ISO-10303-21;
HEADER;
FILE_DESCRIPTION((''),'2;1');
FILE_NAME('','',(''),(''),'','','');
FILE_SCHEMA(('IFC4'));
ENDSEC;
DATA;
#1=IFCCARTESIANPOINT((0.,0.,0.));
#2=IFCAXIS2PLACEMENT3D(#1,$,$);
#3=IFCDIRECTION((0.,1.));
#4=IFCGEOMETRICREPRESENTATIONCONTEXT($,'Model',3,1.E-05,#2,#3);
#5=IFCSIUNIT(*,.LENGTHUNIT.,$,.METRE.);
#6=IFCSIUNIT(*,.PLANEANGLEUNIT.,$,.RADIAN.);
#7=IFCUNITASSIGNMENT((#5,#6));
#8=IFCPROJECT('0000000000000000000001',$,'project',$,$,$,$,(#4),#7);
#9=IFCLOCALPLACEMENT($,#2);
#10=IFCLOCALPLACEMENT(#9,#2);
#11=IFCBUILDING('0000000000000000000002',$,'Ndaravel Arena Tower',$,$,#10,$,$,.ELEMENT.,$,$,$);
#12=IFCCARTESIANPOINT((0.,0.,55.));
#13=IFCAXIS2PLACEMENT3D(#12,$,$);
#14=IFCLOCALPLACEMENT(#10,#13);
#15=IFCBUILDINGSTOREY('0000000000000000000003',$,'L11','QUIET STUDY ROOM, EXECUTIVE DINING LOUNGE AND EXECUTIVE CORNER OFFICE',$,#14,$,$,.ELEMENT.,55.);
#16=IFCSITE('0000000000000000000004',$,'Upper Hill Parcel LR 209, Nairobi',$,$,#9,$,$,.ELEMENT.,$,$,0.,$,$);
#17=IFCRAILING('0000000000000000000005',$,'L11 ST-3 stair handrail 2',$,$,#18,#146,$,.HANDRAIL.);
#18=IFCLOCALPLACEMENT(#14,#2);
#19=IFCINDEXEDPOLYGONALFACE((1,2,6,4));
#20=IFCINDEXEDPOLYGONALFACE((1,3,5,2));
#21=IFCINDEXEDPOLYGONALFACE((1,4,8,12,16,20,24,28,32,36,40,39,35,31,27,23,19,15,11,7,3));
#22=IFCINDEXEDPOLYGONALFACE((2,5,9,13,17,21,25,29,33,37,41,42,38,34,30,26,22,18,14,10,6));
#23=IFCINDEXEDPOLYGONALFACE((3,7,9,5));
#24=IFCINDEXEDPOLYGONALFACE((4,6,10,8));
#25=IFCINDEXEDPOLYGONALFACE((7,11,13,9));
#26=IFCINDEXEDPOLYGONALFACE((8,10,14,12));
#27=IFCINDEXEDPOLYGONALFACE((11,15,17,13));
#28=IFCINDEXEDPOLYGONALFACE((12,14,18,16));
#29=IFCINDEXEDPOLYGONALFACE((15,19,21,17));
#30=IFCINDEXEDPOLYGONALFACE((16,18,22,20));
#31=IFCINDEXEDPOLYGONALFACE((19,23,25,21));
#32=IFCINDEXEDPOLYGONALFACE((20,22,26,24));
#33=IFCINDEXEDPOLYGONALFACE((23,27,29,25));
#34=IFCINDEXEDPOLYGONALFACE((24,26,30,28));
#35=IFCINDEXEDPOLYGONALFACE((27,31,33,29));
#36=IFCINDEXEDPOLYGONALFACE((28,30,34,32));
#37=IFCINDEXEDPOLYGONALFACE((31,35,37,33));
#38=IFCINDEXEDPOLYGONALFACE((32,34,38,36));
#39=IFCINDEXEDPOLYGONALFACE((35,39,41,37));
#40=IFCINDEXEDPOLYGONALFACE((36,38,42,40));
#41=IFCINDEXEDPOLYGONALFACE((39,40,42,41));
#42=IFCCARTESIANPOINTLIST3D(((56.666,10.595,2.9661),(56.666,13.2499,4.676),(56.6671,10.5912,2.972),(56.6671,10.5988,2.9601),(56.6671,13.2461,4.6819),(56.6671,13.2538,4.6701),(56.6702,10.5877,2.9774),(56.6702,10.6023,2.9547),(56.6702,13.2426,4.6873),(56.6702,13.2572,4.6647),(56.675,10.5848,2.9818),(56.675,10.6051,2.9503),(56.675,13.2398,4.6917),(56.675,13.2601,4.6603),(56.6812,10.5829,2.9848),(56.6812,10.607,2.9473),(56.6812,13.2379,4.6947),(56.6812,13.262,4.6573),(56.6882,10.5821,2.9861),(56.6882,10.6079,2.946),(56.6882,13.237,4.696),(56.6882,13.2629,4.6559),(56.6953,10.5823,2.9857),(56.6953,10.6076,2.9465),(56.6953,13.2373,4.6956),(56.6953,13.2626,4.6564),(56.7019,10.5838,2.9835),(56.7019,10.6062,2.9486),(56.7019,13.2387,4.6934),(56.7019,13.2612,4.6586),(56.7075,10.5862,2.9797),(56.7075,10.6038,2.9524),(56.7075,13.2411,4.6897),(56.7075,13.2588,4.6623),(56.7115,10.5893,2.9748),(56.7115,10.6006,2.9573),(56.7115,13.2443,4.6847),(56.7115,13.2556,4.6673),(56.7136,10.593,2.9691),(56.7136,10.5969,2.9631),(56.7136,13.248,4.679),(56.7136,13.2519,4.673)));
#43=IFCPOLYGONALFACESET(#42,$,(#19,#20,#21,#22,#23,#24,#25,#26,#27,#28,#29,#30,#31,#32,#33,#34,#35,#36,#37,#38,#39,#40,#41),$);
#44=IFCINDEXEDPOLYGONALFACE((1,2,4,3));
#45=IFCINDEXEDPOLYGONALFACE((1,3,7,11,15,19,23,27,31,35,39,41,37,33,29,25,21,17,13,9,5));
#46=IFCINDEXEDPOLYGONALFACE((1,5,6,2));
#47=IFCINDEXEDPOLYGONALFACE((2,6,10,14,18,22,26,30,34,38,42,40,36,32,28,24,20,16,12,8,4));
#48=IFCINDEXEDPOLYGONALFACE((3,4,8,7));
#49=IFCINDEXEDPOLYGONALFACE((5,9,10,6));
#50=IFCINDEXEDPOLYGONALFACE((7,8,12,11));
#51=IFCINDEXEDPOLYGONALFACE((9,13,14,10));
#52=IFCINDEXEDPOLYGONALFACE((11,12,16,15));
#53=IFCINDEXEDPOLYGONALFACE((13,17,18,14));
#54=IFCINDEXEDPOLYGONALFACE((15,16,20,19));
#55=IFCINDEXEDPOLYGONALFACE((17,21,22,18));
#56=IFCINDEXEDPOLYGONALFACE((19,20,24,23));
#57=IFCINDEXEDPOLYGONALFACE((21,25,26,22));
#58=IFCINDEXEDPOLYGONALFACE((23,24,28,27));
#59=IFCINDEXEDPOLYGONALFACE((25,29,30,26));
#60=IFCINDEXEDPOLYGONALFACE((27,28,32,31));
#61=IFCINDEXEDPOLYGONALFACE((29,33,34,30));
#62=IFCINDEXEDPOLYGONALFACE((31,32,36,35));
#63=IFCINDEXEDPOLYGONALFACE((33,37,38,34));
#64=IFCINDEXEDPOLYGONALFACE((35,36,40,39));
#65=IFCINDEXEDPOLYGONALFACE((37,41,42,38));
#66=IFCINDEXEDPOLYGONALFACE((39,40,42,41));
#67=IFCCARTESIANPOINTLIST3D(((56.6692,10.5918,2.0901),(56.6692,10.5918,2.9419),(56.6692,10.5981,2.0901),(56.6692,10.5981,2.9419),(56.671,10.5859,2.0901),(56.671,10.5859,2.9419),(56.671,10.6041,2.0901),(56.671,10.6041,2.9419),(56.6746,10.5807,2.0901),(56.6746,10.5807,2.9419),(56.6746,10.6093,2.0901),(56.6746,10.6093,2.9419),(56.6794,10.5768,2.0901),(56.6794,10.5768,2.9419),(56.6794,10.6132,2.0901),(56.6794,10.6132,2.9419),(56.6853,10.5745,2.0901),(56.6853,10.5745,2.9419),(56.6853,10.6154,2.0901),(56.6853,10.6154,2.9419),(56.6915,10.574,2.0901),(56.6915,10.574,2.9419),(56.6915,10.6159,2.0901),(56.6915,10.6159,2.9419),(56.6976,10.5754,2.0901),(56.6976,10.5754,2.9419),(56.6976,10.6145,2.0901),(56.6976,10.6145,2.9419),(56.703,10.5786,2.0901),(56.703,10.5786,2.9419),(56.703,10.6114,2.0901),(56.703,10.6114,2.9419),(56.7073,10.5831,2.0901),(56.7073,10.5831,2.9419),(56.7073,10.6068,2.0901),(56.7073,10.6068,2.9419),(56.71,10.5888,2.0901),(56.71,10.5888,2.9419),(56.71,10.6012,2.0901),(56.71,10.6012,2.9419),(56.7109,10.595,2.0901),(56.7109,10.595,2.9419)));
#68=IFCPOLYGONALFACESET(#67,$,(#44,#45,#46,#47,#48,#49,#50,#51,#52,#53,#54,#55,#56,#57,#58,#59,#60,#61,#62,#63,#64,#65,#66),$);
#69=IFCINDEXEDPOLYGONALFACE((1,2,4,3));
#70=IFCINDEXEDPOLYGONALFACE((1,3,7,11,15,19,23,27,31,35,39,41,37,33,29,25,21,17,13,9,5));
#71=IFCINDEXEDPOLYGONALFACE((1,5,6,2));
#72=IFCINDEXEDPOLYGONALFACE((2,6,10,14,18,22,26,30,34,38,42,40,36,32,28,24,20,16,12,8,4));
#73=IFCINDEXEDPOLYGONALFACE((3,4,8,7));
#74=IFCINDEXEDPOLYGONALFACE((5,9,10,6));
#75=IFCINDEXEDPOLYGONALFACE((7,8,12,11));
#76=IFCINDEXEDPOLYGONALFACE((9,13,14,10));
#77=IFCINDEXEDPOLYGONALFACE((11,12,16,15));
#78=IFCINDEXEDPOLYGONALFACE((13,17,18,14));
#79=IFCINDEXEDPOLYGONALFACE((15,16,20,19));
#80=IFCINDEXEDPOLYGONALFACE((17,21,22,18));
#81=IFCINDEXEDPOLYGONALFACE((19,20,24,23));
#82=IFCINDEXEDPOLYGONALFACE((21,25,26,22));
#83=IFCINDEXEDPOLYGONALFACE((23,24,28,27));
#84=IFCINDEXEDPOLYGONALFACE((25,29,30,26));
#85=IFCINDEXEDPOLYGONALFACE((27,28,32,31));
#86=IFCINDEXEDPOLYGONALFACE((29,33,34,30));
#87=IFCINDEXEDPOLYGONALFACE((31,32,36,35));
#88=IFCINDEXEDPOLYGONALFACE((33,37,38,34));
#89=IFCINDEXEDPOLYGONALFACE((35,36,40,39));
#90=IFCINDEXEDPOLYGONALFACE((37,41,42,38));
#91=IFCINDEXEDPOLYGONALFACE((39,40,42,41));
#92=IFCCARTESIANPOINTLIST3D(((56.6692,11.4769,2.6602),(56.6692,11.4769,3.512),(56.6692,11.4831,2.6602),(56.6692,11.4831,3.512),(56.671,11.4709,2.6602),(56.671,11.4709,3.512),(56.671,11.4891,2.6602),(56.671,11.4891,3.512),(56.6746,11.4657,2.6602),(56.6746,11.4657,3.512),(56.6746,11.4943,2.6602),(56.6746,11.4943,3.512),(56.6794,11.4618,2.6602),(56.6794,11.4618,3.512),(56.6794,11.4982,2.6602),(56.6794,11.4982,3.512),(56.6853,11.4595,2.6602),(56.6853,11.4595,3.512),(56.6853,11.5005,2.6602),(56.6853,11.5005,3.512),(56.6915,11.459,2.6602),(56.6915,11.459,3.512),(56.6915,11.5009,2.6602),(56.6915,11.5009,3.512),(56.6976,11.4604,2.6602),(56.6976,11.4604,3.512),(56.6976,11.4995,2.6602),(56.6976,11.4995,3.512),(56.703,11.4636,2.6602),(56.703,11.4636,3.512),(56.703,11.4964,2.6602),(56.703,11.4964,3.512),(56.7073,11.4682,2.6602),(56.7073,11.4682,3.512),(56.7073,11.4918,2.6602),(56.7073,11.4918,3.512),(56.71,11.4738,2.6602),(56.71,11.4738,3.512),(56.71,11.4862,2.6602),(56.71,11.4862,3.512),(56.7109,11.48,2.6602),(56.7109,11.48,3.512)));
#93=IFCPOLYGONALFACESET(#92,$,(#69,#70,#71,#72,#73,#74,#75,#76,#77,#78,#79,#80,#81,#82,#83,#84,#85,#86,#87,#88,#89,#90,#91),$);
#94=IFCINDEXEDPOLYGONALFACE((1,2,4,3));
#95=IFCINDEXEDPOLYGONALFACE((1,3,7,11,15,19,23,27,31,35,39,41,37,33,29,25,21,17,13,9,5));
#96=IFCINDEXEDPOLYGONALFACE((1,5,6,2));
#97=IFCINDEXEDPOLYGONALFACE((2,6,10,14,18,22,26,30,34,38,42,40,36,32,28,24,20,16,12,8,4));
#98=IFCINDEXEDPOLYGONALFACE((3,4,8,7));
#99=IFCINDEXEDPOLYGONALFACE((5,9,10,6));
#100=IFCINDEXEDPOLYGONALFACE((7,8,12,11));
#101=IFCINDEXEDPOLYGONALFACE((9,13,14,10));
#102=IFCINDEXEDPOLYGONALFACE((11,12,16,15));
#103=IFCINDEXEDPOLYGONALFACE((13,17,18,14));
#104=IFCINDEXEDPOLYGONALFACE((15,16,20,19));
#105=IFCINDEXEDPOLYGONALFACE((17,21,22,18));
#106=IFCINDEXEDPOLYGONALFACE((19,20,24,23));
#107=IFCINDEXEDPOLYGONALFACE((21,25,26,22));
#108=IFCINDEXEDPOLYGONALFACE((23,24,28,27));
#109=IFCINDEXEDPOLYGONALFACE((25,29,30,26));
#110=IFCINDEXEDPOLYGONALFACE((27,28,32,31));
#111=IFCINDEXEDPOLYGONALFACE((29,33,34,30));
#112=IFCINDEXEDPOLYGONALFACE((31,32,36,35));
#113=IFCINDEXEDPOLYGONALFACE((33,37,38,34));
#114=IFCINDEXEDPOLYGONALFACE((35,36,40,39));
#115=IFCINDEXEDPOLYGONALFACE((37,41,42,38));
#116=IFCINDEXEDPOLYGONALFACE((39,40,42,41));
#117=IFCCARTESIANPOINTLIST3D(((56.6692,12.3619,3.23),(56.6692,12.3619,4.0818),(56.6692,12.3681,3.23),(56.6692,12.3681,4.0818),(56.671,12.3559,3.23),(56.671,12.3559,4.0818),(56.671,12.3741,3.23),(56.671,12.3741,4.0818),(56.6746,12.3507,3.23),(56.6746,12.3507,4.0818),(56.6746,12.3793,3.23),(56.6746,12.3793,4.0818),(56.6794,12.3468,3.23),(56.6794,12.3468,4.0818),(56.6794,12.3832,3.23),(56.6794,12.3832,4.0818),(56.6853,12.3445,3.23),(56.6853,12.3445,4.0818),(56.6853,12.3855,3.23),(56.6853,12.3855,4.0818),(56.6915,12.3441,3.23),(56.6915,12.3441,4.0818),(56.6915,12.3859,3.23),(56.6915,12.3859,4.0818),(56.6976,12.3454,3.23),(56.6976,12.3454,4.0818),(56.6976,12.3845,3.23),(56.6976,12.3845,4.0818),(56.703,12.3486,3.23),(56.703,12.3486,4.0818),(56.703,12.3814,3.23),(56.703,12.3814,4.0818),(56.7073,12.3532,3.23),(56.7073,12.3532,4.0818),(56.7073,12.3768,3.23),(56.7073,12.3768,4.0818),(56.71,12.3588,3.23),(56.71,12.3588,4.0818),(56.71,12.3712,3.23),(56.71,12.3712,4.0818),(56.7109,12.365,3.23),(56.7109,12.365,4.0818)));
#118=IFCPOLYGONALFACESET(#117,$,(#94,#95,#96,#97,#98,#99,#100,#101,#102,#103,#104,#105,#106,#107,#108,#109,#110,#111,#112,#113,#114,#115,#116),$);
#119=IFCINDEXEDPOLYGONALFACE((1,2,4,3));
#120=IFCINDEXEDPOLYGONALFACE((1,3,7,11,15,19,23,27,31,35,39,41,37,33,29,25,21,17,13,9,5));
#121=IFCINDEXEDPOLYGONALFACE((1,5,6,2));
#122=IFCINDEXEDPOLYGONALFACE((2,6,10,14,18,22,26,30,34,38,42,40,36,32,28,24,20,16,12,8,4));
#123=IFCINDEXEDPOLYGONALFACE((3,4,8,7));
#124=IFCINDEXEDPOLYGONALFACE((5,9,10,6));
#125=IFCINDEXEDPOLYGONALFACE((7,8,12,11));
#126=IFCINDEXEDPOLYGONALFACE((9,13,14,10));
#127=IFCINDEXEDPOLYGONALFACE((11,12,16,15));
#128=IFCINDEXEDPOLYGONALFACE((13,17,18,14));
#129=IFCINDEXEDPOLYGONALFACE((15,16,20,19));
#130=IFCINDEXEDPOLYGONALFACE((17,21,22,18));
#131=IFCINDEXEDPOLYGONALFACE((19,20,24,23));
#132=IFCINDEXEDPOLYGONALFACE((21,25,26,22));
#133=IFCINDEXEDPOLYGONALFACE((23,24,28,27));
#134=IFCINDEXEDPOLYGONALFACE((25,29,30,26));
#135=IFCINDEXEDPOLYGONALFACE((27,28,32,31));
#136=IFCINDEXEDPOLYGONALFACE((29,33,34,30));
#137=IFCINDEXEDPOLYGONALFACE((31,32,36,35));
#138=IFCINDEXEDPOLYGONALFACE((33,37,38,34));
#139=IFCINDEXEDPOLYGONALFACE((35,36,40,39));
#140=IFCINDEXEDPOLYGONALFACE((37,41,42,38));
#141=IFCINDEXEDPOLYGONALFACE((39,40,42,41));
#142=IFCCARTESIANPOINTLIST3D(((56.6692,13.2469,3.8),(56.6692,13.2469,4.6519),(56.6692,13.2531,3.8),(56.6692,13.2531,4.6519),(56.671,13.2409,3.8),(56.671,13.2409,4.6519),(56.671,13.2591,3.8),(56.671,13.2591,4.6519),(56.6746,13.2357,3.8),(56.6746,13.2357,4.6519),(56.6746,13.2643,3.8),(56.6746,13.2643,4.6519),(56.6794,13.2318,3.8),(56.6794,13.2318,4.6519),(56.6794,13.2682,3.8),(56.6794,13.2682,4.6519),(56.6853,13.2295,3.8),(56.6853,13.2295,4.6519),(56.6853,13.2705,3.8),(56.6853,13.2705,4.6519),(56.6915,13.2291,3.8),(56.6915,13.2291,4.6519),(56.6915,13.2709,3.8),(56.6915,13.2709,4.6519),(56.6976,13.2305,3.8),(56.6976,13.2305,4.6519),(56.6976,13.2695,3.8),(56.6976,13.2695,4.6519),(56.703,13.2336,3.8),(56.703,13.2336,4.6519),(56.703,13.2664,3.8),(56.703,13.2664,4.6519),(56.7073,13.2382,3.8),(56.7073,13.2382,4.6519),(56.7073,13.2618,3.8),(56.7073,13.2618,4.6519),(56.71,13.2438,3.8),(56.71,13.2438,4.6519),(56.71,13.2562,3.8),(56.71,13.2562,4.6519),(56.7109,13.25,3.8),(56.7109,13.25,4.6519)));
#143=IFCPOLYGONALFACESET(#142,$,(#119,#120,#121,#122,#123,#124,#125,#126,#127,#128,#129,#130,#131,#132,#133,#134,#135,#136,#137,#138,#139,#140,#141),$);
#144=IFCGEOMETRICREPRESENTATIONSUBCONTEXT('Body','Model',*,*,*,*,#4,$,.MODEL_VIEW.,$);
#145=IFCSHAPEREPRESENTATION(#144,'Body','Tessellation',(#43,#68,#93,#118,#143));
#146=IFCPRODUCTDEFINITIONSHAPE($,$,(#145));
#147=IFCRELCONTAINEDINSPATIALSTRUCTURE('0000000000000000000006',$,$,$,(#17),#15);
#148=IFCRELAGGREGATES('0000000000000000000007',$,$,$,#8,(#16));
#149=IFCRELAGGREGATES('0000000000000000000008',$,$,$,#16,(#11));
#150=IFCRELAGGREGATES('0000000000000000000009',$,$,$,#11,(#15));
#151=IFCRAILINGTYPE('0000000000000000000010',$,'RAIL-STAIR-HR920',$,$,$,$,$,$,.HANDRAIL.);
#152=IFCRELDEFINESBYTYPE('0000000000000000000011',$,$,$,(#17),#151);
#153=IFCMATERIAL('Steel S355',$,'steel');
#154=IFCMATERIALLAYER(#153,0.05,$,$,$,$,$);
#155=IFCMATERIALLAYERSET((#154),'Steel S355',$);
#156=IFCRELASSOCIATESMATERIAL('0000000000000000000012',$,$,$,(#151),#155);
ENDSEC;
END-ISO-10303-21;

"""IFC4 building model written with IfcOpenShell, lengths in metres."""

from ifc_helpers import new_model, si_unit, direction, frame, origin, origin_2d, place, context, subcontext, project, spatial, circle, extrude, material, layer, layer_set, type_object, element, save


model = new_model("IFC4")

# Units and contexts
model_context = context("Model", 3, precision=1e-05, world=origin(), true_north=direction((0.0, 1.0)))
body_context = subcontext(model_context, "Body", "Model", "MODEL_VIEW")
ifc_project = project(units=[si_unit("LENGTHUNIT", "METRE"), si_unit("PLANEANGLEUNIT", "RADIAN")], contexts=[model_context])

# Site, building, storey
site_placement = place(None, origin())
site = spatial("IfcSite", under=ifc_project, at=site_placement, Name="Upper Hill Parcel LR 209, Nairobi", CompositionType="ELEMENT", RefElevation=0.0)
building_placement = place(site_placement, origin())
building = spatial("IfcBuilding", under=site, at=building_placement, Name="Ndaravel Arena Tower", CompositionType="ELEMENT")
storey_placement = place(building_placement, frame((0.0, 0.0, 55.0)))
storey = spatial("IfcBuildingStorey", under=building, at=storey_placement, Name="L11", Description="QUIET STUDY ROOM, EXECUTIVE DINING LOUNGE AND EXECUTIVE CORNER OFFICE", CompositionType="ELEMENT", Elevation=55.0)

# Railing
ifc_material_1 = material(Name="Steel S355", Category="steel")
ifc_layer_1 = layer(ifc_material_1, 0.05)
ifc_layer_set_1 = layer_set([ifc_layer_1], Name="Steel S355")
railing_type_1 = type_object("IfcRailingType", Name="RAIL-STAIR-HR920", PredefinedType="HANDRAIL", material=ifc_layer_set_1)
railing_1_placement = place(storey_placement, frame((56.6899, 10.595, 2.0901)))
element("IfcRailing", 1, at=railing_1_placement, inside=storey, type_object=railing_type_1, Name="L11 ST-3 stair handrail 2", PredefinedType="HANDRAIL", context=body_context, shape_type="SweptSolid", body=[
    extrude(circle(Radius=0.0239, at=origin_2d()), frame((0.0, 0.0, 0.876), z_axis=(0.0, 0.840724, 0.541465), x_axis=(-1.0, 0.0, 0.0)), (0.0, 0.0, 1.0), 3.158),
    extrude(circle(Radius=0.021, at=origin_2d()), origin(), (0.0, 0.0, 1.0), 0.8518),
    extrude(circle(Radius=0.021, at=origin_2d()), frame((0.0, 0.885, 0.5701)), (0.0, 0.0, 1.0), 0.8518),
    extrude(circle(Radius=0.021, at=origin_2d()), frame((0.0, 1.77, 1.1399)), (0.0, 0.0, 1.0), 0.8518),
    extrude(circle(Radius=0.021, at=origin_2d()), frame((0.0, 2.655, 1.71)), (0.0, 0.0, 1.0), 0.8518),
])

save(model, "model.ifc")
